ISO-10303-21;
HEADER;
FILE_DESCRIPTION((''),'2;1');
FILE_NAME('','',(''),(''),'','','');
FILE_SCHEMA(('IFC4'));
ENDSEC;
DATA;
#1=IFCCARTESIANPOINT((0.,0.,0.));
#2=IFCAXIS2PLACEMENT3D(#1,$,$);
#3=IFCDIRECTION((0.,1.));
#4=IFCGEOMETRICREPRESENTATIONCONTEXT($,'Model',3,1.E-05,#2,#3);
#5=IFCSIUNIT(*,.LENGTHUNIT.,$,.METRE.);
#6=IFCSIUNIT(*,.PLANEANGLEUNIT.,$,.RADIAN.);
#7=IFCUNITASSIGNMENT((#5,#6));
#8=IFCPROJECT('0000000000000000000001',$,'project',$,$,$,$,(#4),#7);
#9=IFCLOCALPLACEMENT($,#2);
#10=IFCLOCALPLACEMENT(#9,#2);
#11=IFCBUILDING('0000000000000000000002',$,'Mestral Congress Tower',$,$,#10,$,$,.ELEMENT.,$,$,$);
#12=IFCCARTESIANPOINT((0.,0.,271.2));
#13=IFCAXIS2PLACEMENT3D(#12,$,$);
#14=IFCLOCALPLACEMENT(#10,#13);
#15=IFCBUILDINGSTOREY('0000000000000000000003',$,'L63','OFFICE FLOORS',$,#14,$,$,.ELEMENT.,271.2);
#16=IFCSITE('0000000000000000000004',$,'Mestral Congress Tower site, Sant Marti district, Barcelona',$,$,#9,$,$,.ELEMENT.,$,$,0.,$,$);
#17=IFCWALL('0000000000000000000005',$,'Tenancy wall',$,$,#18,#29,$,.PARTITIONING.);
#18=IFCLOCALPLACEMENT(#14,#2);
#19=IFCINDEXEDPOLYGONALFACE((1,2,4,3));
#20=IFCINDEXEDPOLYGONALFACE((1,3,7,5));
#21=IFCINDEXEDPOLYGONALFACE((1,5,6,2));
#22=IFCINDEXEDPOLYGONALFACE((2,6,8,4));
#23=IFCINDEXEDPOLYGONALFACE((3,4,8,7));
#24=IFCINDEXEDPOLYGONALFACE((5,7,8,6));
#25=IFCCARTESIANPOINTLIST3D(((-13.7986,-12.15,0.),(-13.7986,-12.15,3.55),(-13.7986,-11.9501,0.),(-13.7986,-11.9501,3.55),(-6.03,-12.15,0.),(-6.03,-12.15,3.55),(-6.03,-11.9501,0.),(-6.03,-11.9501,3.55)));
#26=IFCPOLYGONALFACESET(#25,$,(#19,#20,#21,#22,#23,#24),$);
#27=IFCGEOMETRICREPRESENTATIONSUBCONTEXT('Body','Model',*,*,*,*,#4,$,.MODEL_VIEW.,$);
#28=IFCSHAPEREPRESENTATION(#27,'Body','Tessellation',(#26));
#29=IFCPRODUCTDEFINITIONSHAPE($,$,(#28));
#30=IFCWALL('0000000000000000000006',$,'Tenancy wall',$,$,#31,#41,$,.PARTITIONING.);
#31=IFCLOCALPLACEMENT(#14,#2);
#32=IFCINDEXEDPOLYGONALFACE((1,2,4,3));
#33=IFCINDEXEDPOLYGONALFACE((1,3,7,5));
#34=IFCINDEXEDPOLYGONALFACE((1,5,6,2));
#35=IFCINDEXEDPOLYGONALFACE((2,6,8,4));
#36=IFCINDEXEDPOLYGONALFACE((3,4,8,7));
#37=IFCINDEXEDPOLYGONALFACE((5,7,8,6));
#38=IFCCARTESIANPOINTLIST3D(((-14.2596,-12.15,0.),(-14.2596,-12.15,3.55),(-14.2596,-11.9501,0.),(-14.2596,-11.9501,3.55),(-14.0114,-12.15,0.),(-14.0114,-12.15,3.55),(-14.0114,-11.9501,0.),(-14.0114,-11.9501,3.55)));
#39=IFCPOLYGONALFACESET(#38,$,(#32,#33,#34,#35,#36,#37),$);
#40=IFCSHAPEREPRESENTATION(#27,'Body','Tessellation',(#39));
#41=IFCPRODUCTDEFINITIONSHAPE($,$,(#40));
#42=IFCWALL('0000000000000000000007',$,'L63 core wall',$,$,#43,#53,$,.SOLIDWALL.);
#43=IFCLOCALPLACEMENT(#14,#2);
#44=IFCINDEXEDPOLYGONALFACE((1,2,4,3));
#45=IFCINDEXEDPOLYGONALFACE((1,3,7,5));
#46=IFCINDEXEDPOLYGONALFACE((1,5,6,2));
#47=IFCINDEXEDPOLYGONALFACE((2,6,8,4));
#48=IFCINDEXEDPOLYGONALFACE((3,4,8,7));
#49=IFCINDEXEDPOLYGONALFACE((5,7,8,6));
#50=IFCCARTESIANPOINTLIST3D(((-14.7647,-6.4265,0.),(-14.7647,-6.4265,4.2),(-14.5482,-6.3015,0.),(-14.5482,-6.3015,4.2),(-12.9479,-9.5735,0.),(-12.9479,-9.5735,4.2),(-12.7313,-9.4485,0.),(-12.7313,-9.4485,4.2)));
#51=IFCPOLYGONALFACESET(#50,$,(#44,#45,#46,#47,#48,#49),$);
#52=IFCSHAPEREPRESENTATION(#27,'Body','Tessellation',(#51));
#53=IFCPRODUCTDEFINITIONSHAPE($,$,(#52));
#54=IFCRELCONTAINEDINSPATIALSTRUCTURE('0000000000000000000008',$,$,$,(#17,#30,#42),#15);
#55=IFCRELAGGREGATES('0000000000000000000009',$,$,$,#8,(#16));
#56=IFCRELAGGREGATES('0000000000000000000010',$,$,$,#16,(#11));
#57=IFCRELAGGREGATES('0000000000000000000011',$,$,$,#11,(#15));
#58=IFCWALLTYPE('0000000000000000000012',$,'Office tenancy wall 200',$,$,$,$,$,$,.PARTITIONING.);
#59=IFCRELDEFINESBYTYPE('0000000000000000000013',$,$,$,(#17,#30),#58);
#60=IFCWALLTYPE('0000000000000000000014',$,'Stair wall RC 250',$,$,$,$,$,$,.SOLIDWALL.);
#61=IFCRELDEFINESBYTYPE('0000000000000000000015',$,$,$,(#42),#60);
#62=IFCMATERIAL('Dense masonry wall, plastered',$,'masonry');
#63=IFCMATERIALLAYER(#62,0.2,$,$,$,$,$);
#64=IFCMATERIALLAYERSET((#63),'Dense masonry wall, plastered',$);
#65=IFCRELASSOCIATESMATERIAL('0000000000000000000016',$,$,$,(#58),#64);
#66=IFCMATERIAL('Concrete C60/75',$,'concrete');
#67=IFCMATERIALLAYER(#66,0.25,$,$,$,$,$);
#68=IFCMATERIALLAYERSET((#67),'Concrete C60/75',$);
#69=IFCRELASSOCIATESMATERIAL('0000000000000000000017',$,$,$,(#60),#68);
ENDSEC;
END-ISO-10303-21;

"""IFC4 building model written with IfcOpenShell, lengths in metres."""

from ifc_helpers import new_model, si_unit, direction, frame, frame_2d, origin, place, context, subcontext, project, spatial, rectangle, extrude, material, layer, layer_set, type_object, element, save


model = new_model("IFC4")

# Units and contexts
model_context = context("Model", 3, precision=1e-05, world=origin(), true_north=direction((0.0, 1.0)))
body_context = subcontext(model_context, "Body", "Model", "MODEL_VIEW")
ifc_project = project(units=[si_unit("LENGTHUNIT", "METRE"), si_unit("PLANEANGLEUNIT", "RADIAN")], contexts=[model_context])

# Site, building, storey
site_placement = place(None, origin())
site = spatial("IfcSite", under=ifc_project, at=site_placement, Name="Mestral Congress Tower site, Sant Marti district, Barcelona", CompositionType="ELEMENT", RefElevation=0.0)
building_placement = place(site_placement, origin())
building = spatial("IfcBuilding", under=site, at=building_placement, Name="Mestral Congress Tower", CompositionType="ELEMENT")
storey_placement = place(building_placement, frame((0.0, 0.0, 271.2)))
storey = spatial("IfcBuildingStorey", under=building, at=storey_placement, Name="L63", Description="OFFICE FLOORS", CompositionType="ELEMENT", Elevation=271.2)

# Shared definitions
ifc_material_1 = material(Name="Concrete C60/75", Category="concrete")

# Walls
ifc_material_2 = material(Name="Dense masonry wall, plastered", Category="masonry")
ifc_layer_1 = layer(ifc_material_2, 0.2)
ifc_layer_set_1 = layer_set([ifc_layer_1], Name="Dense masonry wall, plastered")
wall_type_1 = type_object("IfcWallType", Name="Office tenancy wall 200", PredefinedType="PARTITIONING", material=ifc_layer_set_1)
wall_1_placement = place(storey_placement, frame((-13.7986, -12.05, 0.0), z_axis=(0.0, 0.0, 1.0), x_axis=(1.0, 0.0, 0.0)))
element("IfcWall", 1, at=wall_1_placement, inside=storey, type_object=wall_type_1, Name="Tenancy wall", PredefinedType="PARTITIONING", context=body_context, shape_type="SweptSolid", body=[
    extrude(rectangle(XDim=7.7686, YDim=0.2, at=frame_2d((3.8843, 0.0))), origin(), (0.0, 0.0, 1.0), 3.55),
])
wall_2_placement = place(storey_placement, frame((-14.2595, -12.05, 0.0), z_axis=(0.0, 0.0, 1.0), x_axis=(1.0, 0.0, 0.0)))
element("IfcWall", 2, at=wall_2_placement, inside=storey, type_object=wall_type_1, Name="Tenancy wall", PredefinedType="PARTITIONING", context=body_context, shape_type="SweptSolid", body=[
    extrude(rectangle(XDim=0.2483, YDim=0.2, at=frame_2d((0.124, 0.0))), origin(), (0.0, 0.0, 1.0), 3.55),
])
ifc_layer_2 = layer(ifc_material_1, 0.25)
ifc_layer_set_2 = layer_set([ifc_layer_2], Name="Concrete C60/75")
wall_type_2 = type_object("IfcWallType", Name="Stair wall RC 250", PredefinedType="SOLIDWALL", material=ifc_layer_set_2)
wall_3_placement = place(storey_placement, frame((-12.8396, -9.511, 0.0), z_axis=(0.0, 0.0, 1.0), x_axis=(-0.499998, 0.866027, 0.0)))
element("IfcWall", 3, at=wall_3_placement, inside=storey, type_object=wall_type_2, Name="L63 core wall", PredefinedType="SOLIDWALL", context=body_context, shape_type="SweptSolid", body=[
    extrude(rectangle(XDim=3.6338, YDim=0.25, at=frame_2d((1.8169, 0.0))), origin(), (0.0, 0.0, 1.0), 4.2),
])

save(model, "model.ifc")
